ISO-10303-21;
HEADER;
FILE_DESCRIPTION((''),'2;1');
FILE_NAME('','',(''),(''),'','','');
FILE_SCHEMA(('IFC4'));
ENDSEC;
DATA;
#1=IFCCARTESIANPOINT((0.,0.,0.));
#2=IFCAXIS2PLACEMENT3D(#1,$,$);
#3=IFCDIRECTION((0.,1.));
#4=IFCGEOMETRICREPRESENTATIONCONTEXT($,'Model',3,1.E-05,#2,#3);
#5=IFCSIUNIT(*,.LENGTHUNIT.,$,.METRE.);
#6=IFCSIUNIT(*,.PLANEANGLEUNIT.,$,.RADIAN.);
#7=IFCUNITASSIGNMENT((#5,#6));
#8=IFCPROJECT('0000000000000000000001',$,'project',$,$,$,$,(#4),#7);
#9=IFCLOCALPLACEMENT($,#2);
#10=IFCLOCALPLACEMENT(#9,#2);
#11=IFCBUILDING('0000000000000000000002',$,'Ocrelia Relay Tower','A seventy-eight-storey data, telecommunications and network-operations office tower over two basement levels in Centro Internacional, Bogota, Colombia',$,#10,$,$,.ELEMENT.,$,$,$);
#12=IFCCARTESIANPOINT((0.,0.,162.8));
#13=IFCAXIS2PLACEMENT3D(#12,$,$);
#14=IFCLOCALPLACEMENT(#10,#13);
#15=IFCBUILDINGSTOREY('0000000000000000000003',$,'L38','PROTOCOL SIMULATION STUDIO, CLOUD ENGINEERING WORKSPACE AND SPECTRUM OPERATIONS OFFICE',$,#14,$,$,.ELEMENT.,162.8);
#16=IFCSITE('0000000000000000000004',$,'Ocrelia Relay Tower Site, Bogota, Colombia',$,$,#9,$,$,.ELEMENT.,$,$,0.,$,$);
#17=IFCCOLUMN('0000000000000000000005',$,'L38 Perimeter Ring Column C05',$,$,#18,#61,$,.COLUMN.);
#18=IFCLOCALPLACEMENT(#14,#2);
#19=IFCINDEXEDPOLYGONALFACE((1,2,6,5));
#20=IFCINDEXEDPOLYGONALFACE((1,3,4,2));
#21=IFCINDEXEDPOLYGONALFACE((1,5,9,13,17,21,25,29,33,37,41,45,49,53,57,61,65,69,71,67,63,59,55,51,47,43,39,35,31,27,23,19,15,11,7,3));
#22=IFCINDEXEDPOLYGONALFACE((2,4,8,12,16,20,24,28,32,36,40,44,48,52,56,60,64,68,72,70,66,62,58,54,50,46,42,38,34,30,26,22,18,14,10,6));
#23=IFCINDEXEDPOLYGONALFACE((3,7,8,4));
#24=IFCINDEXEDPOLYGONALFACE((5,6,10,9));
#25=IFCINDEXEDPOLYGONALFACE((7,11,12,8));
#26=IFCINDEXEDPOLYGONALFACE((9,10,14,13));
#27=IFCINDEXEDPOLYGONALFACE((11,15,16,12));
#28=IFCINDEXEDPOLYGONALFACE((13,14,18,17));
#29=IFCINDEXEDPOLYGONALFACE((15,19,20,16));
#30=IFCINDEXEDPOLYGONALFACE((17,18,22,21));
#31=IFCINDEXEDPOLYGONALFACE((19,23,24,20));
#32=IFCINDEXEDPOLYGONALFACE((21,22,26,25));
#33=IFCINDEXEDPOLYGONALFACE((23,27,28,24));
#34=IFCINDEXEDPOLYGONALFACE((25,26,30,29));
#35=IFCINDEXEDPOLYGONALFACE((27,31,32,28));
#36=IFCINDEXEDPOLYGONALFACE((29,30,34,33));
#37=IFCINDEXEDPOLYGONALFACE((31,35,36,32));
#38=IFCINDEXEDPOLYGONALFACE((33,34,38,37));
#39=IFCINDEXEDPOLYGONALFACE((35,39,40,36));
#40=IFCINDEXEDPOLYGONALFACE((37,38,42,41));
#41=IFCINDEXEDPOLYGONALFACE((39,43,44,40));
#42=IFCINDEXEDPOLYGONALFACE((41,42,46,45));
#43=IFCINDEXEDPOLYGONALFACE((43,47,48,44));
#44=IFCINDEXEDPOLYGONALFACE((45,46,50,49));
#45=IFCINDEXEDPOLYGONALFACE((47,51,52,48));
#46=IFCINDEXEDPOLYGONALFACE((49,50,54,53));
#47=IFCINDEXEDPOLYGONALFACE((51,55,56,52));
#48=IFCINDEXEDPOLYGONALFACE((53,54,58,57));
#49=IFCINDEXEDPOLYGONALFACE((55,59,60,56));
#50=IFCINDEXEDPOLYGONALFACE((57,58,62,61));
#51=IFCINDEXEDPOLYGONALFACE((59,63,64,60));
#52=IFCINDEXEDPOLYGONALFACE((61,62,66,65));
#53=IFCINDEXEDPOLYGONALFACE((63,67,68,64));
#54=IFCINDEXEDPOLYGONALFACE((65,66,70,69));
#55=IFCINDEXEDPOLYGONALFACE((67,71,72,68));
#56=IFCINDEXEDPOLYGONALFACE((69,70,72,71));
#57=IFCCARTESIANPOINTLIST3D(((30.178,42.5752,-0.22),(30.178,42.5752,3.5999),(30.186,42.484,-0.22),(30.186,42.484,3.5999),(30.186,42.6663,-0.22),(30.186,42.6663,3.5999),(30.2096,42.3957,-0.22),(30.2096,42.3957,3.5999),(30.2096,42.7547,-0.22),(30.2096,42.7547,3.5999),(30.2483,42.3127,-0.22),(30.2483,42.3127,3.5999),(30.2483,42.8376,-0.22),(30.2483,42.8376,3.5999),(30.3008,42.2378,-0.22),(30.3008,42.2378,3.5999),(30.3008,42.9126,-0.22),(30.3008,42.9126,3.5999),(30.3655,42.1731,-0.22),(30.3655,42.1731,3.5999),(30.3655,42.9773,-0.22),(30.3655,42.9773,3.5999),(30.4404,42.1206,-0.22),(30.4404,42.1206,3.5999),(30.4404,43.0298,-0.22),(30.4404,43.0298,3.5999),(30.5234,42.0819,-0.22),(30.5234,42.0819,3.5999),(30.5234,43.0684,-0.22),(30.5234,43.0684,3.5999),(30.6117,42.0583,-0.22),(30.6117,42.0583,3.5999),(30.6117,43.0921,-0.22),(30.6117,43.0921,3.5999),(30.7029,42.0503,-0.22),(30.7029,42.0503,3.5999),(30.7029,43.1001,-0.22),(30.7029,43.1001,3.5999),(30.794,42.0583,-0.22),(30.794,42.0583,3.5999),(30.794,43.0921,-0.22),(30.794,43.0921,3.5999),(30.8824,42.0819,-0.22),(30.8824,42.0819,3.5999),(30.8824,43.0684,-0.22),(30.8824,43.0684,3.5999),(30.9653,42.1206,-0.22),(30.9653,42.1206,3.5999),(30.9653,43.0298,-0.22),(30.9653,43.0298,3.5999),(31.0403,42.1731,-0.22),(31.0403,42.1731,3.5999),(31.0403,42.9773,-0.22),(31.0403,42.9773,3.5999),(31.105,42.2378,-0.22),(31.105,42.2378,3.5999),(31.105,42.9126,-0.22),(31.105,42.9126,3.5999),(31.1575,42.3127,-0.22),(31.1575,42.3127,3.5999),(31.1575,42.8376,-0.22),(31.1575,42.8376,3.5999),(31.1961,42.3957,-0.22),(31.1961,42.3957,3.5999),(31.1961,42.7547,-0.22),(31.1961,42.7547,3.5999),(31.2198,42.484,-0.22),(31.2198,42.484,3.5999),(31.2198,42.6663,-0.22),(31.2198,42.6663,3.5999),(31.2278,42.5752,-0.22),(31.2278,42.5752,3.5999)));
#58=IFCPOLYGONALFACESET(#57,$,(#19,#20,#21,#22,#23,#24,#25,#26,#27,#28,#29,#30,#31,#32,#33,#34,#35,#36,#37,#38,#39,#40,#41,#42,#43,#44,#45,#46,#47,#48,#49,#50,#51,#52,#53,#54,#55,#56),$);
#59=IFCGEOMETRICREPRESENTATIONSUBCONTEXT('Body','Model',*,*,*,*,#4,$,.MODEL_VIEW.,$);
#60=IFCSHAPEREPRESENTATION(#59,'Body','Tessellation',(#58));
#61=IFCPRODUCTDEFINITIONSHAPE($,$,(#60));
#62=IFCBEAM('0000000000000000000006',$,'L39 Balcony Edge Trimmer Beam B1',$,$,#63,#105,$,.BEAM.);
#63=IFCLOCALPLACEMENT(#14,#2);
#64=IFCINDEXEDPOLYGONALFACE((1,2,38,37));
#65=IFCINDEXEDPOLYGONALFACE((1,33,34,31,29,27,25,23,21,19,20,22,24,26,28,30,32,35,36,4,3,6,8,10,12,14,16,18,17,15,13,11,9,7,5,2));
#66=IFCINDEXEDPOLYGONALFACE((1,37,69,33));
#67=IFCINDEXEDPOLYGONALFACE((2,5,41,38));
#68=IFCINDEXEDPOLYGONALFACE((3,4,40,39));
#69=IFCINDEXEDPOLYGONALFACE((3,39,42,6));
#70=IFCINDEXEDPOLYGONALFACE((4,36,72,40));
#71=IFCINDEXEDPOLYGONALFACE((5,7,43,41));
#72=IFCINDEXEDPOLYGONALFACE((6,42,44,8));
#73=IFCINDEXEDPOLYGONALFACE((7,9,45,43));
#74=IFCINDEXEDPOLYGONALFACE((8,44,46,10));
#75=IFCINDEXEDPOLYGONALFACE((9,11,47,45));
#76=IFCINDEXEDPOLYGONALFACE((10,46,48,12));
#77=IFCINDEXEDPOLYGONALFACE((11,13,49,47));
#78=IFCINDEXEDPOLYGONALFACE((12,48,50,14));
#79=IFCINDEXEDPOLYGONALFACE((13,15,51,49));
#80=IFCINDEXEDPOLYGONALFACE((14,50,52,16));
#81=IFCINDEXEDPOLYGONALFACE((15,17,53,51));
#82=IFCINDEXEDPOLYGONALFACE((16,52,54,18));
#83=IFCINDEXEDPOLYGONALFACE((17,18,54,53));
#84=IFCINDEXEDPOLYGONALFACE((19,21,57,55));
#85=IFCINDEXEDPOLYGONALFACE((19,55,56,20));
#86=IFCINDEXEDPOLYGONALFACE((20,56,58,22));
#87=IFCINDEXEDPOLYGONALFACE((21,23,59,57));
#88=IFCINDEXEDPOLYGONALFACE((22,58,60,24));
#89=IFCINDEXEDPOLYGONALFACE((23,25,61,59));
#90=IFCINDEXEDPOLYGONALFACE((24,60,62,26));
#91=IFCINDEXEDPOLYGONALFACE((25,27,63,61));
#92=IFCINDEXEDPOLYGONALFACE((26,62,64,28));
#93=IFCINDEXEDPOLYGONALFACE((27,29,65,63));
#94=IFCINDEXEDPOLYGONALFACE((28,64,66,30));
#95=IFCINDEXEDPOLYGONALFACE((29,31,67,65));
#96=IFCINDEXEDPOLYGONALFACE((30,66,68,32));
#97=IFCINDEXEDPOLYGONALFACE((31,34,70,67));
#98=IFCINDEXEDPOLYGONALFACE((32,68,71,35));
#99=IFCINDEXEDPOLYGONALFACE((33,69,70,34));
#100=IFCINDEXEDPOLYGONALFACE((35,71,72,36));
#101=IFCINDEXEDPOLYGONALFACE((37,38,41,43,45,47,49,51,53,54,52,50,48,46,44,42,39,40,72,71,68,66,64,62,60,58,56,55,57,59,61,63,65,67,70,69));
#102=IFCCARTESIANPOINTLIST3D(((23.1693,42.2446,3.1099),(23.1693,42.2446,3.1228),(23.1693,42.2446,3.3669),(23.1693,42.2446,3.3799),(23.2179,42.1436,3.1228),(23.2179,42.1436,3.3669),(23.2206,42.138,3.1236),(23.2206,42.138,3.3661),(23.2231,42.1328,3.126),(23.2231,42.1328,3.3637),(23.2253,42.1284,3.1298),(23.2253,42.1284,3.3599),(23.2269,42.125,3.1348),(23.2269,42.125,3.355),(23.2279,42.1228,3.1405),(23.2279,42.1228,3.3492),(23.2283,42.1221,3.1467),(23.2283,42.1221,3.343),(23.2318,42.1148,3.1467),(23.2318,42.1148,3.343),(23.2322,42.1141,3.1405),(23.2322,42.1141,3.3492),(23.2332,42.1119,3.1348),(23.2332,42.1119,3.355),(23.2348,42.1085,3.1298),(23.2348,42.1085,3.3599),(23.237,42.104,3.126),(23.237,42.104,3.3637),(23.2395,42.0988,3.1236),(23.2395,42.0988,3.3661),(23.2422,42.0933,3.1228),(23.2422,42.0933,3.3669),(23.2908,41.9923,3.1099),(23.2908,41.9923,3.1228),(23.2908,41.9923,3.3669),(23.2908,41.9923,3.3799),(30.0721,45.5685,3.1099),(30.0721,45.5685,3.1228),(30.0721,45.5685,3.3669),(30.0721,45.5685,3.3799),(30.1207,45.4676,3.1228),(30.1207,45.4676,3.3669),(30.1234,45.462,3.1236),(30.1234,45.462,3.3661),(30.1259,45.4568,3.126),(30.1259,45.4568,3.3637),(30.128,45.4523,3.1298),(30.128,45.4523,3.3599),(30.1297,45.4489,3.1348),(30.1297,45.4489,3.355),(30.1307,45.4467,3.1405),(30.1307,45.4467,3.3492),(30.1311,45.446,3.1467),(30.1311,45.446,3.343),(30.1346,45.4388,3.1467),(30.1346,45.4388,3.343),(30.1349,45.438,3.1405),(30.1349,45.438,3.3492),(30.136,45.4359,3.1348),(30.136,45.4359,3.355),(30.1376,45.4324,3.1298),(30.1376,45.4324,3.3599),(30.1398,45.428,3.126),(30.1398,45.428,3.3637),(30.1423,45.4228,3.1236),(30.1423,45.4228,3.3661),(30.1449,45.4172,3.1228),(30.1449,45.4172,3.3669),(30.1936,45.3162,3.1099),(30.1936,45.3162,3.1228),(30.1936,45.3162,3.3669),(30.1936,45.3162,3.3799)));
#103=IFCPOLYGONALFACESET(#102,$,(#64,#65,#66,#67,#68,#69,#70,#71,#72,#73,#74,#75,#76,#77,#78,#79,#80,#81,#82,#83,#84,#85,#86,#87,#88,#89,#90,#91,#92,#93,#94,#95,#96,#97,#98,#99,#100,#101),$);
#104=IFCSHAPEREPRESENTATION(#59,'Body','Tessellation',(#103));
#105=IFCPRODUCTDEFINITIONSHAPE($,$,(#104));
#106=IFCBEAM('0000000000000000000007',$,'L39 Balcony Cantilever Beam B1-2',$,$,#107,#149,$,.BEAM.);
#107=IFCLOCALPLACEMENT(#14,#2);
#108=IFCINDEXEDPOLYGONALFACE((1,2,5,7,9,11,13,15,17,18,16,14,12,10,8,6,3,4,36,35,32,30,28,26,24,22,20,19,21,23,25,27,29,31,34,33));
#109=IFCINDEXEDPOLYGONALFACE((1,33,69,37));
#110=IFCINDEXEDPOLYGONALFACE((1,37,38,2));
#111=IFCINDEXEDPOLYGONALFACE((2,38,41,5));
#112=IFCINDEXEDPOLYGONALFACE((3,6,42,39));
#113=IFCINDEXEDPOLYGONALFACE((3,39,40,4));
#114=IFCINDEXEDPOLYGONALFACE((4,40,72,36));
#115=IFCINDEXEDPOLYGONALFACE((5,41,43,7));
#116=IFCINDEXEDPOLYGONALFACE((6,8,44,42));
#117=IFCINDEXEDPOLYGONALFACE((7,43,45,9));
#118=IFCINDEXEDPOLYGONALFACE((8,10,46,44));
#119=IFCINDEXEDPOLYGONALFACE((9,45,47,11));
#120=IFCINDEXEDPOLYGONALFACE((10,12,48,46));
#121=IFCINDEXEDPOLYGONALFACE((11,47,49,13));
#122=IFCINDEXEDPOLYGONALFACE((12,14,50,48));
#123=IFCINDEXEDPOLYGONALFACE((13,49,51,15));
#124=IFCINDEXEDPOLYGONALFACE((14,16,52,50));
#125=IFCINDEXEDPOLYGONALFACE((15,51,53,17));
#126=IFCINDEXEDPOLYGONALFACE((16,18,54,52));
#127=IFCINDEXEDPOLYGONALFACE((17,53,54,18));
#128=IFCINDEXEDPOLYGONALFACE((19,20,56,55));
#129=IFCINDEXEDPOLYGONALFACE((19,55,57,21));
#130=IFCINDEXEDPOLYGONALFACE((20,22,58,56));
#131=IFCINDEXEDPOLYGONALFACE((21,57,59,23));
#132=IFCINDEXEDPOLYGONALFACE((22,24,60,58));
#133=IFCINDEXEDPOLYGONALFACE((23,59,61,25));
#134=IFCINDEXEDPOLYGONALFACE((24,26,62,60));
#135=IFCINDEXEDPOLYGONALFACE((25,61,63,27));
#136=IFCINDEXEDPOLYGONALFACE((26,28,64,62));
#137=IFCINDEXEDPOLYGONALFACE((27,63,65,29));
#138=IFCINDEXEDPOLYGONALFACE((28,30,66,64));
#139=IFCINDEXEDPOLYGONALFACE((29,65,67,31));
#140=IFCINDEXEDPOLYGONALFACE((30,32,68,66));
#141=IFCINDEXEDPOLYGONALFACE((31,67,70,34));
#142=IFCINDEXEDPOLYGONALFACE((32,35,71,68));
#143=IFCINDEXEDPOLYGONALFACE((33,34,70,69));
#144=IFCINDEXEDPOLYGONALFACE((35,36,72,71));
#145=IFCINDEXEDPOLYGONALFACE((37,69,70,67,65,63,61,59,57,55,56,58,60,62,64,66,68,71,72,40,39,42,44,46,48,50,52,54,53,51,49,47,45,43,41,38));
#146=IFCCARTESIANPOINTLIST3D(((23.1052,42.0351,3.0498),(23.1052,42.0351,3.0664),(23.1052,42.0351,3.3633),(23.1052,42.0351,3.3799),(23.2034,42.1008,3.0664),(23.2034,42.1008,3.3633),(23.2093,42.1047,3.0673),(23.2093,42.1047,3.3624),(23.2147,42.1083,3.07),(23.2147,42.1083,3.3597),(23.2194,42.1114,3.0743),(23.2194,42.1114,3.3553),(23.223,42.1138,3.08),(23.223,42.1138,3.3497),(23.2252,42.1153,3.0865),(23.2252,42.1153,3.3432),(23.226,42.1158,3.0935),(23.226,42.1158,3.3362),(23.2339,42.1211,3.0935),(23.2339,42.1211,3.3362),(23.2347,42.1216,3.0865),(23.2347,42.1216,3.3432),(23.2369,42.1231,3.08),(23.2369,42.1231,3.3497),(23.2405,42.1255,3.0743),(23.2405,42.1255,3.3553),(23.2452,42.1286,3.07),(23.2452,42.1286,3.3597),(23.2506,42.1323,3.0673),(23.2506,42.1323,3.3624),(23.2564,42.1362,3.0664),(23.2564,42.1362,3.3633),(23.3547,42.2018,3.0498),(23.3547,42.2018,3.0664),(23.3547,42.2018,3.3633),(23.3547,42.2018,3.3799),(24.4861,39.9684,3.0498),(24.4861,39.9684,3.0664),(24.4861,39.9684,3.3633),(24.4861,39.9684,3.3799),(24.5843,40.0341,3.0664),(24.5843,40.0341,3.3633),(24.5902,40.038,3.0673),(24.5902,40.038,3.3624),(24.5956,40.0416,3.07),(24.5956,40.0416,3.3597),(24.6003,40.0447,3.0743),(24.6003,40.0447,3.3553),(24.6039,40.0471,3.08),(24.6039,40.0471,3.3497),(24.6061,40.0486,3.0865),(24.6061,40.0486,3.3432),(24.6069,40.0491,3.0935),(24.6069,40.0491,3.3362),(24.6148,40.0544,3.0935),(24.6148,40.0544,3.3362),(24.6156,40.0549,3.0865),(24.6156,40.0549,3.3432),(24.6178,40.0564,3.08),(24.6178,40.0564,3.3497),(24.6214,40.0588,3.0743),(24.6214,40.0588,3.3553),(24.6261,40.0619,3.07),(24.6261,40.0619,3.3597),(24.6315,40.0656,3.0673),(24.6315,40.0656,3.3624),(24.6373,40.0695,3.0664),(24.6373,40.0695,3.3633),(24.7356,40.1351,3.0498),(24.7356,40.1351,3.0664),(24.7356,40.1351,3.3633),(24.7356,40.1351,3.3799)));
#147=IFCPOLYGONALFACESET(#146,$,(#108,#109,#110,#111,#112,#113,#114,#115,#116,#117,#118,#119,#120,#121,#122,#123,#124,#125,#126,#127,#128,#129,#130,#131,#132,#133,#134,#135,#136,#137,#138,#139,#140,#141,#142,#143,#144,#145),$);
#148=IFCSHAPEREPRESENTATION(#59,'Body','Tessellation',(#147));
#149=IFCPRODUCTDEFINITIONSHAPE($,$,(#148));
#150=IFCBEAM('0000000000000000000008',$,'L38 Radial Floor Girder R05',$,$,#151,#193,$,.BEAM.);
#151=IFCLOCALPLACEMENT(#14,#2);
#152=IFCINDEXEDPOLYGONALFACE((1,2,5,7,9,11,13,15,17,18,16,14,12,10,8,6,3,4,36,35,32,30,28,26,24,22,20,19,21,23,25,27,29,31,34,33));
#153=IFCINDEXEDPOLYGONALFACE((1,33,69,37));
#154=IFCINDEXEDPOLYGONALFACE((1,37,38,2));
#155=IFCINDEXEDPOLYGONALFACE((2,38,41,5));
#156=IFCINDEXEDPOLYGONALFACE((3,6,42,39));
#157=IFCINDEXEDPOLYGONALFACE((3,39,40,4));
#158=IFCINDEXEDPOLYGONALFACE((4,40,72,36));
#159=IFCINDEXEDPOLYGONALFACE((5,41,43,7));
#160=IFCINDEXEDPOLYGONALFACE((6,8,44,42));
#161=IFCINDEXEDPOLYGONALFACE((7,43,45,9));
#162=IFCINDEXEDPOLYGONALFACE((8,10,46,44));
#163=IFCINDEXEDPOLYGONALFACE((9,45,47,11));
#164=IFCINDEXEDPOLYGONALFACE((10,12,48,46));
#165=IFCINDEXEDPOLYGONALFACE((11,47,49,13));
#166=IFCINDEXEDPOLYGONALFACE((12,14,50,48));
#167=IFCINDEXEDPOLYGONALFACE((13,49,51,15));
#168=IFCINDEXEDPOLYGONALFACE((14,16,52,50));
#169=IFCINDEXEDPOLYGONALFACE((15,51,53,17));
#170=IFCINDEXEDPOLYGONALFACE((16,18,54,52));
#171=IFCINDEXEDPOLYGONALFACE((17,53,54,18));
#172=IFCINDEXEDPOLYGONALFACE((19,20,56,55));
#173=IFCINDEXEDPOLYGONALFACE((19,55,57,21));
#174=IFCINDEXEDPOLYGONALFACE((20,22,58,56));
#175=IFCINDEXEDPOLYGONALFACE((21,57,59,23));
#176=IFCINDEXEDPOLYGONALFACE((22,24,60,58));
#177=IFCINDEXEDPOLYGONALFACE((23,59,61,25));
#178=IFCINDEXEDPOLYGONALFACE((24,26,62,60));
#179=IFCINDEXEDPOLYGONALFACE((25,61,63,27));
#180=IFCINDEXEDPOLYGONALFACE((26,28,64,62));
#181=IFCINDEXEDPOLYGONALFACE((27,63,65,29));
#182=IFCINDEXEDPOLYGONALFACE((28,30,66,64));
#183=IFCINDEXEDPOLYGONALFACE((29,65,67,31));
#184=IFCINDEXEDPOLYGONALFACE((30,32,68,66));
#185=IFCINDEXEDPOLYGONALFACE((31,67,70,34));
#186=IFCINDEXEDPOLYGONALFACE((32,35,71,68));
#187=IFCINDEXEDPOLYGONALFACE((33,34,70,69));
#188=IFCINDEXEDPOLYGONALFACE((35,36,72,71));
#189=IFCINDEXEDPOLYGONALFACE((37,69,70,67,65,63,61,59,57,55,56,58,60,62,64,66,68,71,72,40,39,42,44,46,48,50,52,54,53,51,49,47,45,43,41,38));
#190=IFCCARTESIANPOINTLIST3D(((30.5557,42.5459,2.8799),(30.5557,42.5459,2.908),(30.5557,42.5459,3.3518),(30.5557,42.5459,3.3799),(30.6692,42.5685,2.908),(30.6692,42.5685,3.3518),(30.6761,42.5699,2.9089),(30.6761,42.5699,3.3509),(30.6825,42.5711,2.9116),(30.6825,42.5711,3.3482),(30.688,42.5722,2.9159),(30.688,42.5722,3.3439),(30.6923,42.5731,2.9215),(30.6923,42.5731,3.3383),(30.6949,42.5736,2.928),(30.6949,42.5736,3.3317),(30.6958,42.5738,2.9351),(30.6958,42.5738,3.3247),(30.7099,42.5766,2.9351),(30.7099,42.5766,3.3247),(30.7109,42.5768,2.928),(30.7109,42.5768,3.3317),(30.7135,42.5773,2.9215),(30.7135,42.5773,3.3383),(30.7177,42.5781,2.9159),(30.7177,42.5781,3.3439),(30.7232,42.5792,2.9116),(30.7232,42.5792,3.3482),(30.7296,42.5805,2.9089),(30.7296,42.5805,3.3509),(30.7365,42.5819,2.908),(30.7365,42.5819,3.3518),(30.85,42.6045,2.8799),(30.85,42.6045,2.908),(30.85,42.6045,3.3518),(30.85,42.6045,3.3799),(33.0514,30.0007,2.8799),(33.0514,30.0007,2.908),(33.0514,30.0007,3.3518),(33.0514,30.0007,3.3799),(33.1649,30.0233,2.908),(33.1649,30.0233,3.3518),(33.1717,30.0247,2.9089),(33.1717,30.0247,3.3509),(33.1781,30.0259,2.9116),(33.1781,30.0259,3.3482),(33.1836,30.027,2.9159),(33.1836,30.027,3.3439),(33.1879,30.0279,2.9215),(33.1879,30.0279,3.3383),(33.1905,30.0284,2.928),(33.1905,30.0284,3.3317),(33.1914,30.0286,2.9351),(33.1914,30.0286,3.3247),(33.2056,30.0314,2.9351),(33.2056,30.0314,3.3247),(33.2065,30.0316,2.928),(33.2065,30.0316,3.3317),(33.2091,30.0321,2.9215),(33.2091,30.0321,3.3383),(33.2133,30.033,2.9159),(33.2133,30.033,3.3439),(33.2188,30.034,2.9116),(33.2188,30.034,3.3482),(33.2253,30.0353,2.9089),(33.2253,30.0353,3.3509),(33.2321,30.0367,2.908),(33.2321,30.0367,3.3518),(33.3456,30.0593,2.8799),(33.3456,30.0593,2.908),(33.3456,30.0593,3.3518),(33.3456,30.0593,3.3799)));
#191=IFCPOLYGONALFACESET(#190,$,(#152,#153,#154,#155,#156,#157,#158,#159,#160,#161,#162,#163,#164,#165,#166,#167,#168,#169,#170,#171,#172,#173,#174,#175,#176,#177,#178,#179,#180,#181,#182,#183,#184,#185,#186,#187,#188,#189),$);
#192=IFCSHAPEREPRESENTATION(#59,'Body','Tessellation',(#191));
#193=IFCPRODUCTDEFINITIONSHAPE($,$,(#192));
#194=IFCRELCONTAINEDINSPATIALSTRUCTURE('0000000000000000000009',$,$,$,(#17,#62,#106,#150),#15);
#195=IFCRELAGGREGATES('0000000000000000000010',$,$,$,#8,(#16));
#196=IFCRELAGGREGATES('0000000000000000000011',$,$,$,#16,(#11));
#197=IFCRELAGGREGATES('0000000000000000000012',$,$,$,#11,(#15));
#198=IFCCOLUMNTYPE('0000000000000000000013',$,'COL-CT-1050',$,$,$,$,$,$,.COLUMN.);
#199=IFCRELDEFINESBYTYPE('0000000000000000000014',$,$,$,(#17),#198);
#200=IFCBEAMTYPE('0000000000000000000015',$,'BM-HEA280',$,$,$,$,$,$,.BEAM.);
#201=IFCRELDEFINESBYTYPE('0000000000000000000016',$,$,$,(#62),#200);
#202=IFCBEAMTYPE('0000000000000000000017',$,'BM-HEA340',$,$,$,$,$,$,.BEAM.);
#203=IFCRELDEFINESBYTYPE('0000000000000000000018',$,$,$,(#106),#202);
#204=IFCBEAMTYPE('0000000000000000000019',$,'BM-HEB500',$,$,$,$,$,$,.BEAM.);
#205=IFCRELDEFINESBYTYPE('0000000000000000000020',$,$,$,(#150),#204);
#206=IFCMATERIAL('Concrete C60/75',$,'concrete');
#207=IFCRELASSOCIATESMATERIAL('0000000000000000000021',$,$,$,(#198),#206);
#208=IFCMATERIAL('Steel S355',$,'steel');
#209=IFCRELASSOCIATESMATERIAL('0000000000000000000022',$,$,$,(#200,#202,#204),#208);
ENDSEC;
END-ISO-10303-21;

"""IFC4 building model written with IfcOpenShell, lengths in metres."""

from ifc_helpers import new_model, si_unit, direction, frame, origin, origin_2d, place, context, subcontext, project, spatial, circle, i_section, extrude, material, material_profile, profile_set, type_object, element, save


model = new_model("IFC4")

# Units and contexts
model_context = context("Model", 3, precision=1e-05, world=origin(), true_north=direction((0.0, 1.0)))
body_context = subcontext(model_context, "Body", "Model", "MODEL_VIEW")
ifc_project = project(units=[si_unit("LENGTHUNIT", "METRE"), si_unit("PLANEANGLEUNIT", "RADIAN")], contexts=[model_context])

# Site, building, storey
site_placement = place(None, origin())
site = spatial("IfcSite", under=ifc_project, at=site_placement, Name="Ocrelia Relay Tower Site, Bogota, Colombia", CompositionType="ELEMENT", RefElevation=0.0)
building_placement = place(site_placement, origin())
building = spatial("IfcBuilding", under=site, at=building_placement, Name="Ocrelia Relay Tower", Description="A seventy-eight-storey data, telecommunications and network-operations office tower over two basement levels in Centro Internacional, Bogota, Colombia", CompositionType="ELEMENT")
storey_placement = place(building_placement, frame((0.0, 0.0, 162.8)))
storey = spatial("IfcBuildingStorey", under=building, at=storey_placement, Name="L38", Description="PROTOCOL SIMULATION STUDIO, CLOUD ENGINEERING WORKSPACE AND SPECTRUM OPERATIONS OFFICE", CompositionType="ELEMENT", Elevation=162.8)

# Column
ifc_material_1 = material(Name="Concrete C60/75", Category="concrete")
ifc_material_profile_1 = material_profile(ifc_material_1, circle(Radius=0.5249, at=origin_2d()), Name="RC-CIR-1050")
ifc_profile_set_1 = profile_set([ifc_material_profile_1], Name="Concrete C60/75")
column_type = type_object("IfcColumnType", Name="COL-CT-1050", PredefinedType="COLUMN", material=ifc_profile_set_1)
column_placement = place(storey_placement, frame((30.7029, 42.5752, -0.22), z_axis=(0.0, 0.0, 1.0), x_axis=(1.0, 0.0, 0.0)))
element("IfcColumn", 1, at=column_placement, inside=storey, type_object=column_type, Name="L38 Perimeter Ring Column C05", PredefinedType="COLUMN", context=body_context, shape_type="SweptSolid", body=[
    extrude(circle(Radius=0.5249, at=origin_2d()), origin(), (0.0, 0.0, 1.0), 3.8198),
])

# Beams
ifc_material_2 = material(Name="Steel S355", Category="steel")
ifc_material_profile_2 = material_profile(ifc_material_2, i_section(OverallWidth=0.28, OverallDepth=0.27, WebThickness=0.0081, FlangeThickness=0.0129, FilletRadius=0.0239, at=origin_2d()), Name="HEA 280")
ifc_profile_set_2 = profile_set([ifc_material_profile_2], Name="Steel S355")
beam_type_1 = type_object("IfcBeamType", Name="BM-HEA280", PredefinedType="BEAM", material=ifc_profile_set_2)
beam_1_placement = place(storey_placement, frame((30.1328, 45.4424, 3.2449), z_axis=(-0.900982, -0.433857, 0.0), x_axis=(0.433857, -0.900982, 0.0)))
element("IfcBeam", 2, at=beam_1_placement, inside=storey, type_object=beam_type_1, Name="L39 Balcony Edge Trimmer Beam B1", PredefinedType="BEAM", context=body_context, shape_type="SweptSolid", body=[
    extrude(i_section(OverallWidth=0.28, OverallDepth=0.27, WebThickness=0.0081, FlangeThickness=0.0129, FilletRadius=0.0239, at=origin_2d()), origin(), (0.0, 0.0, 1.0), 7.6614),
])
ifc_material_profile_3 = material_profile(ifc_material_2, i_section(OverallWidth=0.3, OverallDepth=0.3301, WebThickness=0.0095, FlangeThickness=0.0166, FilletRadius=0.0271, at=origin_2d()), Name="HEA 340")
ifc_profile_set_3 = profile_set([ifc_material_profile_3], Name="Steel S355")
beam_type_2 = type_object("IfcBeamType", Name="BM-HEA340", PredefinedType="BEAM", material=ifc_profile_set_3)
beam_2_placement = place(storey_placement, frame((24.6108, 40.0518, 3.2148), z_axis=(-0.555561, 0.831476, 0.0), x_axis=(-0.831476, -0.555561, 0.0)))
element("IfcBeam", 3, at=beam_2_placement, inside=storey, type_object=beam_type_2, Name="L39 Balcony Cantilever Beam B1-2", PredefinedType="BEAM", context=body_context, shape_type="SweptSolid", body=[
    extrude(i_section(OverallWidth=0.3, OverallDepth=0.3301, WebThickness=0.0095, FlangeThickness=0.0166, FilletRadius=0.0271, at=origin_2d()), origin(), (0.0, 0.0, 1.0), 2.4856),
])
ifc_material_profile_4 = material_profile(ifc_material_2, i_section(OverallWidth=0.3, OverallDepth=0.5, WebThickness=0.0144, FlangeThickness=0.0281, FilletRadius=0.0271, at=origin_2d()), Name="HEB 500")
ifc_profile_set_4 = profile_set([ifc_material_profile_4], Name="Steel S355")
beam_type_3 = type_object("IfcBeamType", Name="BM-HEB500", PredefinedType="BEAM", material=ifc_profile_set_4)
beam_3_placement = place(storey_placement, frame((30.7029, 42.5752, 3.1299), z_axis=(0.195107, -0.980782, 0.0), x_axis=(0.980782, 0.195107, 0.0)))
element("IfcBeam", 4, at=beam_3_placement, inside=storey, type_object=beam_type_3, Name="L38 Radial Floor Girder R05", PredefinedType="BEAM", context=body_context, shape_type="SweptSolid", body=[
    extrude(i_section(OverallWidth=0.3, OverallDepth=0.5, WebThickness=0.0144, FlangeThickness=0.0281, FilletRadius=0.0271, at=origin_2d()), origin(), (0.0, 0.0, 1.0), 12.791),
])

save(model, "model.ifc")
